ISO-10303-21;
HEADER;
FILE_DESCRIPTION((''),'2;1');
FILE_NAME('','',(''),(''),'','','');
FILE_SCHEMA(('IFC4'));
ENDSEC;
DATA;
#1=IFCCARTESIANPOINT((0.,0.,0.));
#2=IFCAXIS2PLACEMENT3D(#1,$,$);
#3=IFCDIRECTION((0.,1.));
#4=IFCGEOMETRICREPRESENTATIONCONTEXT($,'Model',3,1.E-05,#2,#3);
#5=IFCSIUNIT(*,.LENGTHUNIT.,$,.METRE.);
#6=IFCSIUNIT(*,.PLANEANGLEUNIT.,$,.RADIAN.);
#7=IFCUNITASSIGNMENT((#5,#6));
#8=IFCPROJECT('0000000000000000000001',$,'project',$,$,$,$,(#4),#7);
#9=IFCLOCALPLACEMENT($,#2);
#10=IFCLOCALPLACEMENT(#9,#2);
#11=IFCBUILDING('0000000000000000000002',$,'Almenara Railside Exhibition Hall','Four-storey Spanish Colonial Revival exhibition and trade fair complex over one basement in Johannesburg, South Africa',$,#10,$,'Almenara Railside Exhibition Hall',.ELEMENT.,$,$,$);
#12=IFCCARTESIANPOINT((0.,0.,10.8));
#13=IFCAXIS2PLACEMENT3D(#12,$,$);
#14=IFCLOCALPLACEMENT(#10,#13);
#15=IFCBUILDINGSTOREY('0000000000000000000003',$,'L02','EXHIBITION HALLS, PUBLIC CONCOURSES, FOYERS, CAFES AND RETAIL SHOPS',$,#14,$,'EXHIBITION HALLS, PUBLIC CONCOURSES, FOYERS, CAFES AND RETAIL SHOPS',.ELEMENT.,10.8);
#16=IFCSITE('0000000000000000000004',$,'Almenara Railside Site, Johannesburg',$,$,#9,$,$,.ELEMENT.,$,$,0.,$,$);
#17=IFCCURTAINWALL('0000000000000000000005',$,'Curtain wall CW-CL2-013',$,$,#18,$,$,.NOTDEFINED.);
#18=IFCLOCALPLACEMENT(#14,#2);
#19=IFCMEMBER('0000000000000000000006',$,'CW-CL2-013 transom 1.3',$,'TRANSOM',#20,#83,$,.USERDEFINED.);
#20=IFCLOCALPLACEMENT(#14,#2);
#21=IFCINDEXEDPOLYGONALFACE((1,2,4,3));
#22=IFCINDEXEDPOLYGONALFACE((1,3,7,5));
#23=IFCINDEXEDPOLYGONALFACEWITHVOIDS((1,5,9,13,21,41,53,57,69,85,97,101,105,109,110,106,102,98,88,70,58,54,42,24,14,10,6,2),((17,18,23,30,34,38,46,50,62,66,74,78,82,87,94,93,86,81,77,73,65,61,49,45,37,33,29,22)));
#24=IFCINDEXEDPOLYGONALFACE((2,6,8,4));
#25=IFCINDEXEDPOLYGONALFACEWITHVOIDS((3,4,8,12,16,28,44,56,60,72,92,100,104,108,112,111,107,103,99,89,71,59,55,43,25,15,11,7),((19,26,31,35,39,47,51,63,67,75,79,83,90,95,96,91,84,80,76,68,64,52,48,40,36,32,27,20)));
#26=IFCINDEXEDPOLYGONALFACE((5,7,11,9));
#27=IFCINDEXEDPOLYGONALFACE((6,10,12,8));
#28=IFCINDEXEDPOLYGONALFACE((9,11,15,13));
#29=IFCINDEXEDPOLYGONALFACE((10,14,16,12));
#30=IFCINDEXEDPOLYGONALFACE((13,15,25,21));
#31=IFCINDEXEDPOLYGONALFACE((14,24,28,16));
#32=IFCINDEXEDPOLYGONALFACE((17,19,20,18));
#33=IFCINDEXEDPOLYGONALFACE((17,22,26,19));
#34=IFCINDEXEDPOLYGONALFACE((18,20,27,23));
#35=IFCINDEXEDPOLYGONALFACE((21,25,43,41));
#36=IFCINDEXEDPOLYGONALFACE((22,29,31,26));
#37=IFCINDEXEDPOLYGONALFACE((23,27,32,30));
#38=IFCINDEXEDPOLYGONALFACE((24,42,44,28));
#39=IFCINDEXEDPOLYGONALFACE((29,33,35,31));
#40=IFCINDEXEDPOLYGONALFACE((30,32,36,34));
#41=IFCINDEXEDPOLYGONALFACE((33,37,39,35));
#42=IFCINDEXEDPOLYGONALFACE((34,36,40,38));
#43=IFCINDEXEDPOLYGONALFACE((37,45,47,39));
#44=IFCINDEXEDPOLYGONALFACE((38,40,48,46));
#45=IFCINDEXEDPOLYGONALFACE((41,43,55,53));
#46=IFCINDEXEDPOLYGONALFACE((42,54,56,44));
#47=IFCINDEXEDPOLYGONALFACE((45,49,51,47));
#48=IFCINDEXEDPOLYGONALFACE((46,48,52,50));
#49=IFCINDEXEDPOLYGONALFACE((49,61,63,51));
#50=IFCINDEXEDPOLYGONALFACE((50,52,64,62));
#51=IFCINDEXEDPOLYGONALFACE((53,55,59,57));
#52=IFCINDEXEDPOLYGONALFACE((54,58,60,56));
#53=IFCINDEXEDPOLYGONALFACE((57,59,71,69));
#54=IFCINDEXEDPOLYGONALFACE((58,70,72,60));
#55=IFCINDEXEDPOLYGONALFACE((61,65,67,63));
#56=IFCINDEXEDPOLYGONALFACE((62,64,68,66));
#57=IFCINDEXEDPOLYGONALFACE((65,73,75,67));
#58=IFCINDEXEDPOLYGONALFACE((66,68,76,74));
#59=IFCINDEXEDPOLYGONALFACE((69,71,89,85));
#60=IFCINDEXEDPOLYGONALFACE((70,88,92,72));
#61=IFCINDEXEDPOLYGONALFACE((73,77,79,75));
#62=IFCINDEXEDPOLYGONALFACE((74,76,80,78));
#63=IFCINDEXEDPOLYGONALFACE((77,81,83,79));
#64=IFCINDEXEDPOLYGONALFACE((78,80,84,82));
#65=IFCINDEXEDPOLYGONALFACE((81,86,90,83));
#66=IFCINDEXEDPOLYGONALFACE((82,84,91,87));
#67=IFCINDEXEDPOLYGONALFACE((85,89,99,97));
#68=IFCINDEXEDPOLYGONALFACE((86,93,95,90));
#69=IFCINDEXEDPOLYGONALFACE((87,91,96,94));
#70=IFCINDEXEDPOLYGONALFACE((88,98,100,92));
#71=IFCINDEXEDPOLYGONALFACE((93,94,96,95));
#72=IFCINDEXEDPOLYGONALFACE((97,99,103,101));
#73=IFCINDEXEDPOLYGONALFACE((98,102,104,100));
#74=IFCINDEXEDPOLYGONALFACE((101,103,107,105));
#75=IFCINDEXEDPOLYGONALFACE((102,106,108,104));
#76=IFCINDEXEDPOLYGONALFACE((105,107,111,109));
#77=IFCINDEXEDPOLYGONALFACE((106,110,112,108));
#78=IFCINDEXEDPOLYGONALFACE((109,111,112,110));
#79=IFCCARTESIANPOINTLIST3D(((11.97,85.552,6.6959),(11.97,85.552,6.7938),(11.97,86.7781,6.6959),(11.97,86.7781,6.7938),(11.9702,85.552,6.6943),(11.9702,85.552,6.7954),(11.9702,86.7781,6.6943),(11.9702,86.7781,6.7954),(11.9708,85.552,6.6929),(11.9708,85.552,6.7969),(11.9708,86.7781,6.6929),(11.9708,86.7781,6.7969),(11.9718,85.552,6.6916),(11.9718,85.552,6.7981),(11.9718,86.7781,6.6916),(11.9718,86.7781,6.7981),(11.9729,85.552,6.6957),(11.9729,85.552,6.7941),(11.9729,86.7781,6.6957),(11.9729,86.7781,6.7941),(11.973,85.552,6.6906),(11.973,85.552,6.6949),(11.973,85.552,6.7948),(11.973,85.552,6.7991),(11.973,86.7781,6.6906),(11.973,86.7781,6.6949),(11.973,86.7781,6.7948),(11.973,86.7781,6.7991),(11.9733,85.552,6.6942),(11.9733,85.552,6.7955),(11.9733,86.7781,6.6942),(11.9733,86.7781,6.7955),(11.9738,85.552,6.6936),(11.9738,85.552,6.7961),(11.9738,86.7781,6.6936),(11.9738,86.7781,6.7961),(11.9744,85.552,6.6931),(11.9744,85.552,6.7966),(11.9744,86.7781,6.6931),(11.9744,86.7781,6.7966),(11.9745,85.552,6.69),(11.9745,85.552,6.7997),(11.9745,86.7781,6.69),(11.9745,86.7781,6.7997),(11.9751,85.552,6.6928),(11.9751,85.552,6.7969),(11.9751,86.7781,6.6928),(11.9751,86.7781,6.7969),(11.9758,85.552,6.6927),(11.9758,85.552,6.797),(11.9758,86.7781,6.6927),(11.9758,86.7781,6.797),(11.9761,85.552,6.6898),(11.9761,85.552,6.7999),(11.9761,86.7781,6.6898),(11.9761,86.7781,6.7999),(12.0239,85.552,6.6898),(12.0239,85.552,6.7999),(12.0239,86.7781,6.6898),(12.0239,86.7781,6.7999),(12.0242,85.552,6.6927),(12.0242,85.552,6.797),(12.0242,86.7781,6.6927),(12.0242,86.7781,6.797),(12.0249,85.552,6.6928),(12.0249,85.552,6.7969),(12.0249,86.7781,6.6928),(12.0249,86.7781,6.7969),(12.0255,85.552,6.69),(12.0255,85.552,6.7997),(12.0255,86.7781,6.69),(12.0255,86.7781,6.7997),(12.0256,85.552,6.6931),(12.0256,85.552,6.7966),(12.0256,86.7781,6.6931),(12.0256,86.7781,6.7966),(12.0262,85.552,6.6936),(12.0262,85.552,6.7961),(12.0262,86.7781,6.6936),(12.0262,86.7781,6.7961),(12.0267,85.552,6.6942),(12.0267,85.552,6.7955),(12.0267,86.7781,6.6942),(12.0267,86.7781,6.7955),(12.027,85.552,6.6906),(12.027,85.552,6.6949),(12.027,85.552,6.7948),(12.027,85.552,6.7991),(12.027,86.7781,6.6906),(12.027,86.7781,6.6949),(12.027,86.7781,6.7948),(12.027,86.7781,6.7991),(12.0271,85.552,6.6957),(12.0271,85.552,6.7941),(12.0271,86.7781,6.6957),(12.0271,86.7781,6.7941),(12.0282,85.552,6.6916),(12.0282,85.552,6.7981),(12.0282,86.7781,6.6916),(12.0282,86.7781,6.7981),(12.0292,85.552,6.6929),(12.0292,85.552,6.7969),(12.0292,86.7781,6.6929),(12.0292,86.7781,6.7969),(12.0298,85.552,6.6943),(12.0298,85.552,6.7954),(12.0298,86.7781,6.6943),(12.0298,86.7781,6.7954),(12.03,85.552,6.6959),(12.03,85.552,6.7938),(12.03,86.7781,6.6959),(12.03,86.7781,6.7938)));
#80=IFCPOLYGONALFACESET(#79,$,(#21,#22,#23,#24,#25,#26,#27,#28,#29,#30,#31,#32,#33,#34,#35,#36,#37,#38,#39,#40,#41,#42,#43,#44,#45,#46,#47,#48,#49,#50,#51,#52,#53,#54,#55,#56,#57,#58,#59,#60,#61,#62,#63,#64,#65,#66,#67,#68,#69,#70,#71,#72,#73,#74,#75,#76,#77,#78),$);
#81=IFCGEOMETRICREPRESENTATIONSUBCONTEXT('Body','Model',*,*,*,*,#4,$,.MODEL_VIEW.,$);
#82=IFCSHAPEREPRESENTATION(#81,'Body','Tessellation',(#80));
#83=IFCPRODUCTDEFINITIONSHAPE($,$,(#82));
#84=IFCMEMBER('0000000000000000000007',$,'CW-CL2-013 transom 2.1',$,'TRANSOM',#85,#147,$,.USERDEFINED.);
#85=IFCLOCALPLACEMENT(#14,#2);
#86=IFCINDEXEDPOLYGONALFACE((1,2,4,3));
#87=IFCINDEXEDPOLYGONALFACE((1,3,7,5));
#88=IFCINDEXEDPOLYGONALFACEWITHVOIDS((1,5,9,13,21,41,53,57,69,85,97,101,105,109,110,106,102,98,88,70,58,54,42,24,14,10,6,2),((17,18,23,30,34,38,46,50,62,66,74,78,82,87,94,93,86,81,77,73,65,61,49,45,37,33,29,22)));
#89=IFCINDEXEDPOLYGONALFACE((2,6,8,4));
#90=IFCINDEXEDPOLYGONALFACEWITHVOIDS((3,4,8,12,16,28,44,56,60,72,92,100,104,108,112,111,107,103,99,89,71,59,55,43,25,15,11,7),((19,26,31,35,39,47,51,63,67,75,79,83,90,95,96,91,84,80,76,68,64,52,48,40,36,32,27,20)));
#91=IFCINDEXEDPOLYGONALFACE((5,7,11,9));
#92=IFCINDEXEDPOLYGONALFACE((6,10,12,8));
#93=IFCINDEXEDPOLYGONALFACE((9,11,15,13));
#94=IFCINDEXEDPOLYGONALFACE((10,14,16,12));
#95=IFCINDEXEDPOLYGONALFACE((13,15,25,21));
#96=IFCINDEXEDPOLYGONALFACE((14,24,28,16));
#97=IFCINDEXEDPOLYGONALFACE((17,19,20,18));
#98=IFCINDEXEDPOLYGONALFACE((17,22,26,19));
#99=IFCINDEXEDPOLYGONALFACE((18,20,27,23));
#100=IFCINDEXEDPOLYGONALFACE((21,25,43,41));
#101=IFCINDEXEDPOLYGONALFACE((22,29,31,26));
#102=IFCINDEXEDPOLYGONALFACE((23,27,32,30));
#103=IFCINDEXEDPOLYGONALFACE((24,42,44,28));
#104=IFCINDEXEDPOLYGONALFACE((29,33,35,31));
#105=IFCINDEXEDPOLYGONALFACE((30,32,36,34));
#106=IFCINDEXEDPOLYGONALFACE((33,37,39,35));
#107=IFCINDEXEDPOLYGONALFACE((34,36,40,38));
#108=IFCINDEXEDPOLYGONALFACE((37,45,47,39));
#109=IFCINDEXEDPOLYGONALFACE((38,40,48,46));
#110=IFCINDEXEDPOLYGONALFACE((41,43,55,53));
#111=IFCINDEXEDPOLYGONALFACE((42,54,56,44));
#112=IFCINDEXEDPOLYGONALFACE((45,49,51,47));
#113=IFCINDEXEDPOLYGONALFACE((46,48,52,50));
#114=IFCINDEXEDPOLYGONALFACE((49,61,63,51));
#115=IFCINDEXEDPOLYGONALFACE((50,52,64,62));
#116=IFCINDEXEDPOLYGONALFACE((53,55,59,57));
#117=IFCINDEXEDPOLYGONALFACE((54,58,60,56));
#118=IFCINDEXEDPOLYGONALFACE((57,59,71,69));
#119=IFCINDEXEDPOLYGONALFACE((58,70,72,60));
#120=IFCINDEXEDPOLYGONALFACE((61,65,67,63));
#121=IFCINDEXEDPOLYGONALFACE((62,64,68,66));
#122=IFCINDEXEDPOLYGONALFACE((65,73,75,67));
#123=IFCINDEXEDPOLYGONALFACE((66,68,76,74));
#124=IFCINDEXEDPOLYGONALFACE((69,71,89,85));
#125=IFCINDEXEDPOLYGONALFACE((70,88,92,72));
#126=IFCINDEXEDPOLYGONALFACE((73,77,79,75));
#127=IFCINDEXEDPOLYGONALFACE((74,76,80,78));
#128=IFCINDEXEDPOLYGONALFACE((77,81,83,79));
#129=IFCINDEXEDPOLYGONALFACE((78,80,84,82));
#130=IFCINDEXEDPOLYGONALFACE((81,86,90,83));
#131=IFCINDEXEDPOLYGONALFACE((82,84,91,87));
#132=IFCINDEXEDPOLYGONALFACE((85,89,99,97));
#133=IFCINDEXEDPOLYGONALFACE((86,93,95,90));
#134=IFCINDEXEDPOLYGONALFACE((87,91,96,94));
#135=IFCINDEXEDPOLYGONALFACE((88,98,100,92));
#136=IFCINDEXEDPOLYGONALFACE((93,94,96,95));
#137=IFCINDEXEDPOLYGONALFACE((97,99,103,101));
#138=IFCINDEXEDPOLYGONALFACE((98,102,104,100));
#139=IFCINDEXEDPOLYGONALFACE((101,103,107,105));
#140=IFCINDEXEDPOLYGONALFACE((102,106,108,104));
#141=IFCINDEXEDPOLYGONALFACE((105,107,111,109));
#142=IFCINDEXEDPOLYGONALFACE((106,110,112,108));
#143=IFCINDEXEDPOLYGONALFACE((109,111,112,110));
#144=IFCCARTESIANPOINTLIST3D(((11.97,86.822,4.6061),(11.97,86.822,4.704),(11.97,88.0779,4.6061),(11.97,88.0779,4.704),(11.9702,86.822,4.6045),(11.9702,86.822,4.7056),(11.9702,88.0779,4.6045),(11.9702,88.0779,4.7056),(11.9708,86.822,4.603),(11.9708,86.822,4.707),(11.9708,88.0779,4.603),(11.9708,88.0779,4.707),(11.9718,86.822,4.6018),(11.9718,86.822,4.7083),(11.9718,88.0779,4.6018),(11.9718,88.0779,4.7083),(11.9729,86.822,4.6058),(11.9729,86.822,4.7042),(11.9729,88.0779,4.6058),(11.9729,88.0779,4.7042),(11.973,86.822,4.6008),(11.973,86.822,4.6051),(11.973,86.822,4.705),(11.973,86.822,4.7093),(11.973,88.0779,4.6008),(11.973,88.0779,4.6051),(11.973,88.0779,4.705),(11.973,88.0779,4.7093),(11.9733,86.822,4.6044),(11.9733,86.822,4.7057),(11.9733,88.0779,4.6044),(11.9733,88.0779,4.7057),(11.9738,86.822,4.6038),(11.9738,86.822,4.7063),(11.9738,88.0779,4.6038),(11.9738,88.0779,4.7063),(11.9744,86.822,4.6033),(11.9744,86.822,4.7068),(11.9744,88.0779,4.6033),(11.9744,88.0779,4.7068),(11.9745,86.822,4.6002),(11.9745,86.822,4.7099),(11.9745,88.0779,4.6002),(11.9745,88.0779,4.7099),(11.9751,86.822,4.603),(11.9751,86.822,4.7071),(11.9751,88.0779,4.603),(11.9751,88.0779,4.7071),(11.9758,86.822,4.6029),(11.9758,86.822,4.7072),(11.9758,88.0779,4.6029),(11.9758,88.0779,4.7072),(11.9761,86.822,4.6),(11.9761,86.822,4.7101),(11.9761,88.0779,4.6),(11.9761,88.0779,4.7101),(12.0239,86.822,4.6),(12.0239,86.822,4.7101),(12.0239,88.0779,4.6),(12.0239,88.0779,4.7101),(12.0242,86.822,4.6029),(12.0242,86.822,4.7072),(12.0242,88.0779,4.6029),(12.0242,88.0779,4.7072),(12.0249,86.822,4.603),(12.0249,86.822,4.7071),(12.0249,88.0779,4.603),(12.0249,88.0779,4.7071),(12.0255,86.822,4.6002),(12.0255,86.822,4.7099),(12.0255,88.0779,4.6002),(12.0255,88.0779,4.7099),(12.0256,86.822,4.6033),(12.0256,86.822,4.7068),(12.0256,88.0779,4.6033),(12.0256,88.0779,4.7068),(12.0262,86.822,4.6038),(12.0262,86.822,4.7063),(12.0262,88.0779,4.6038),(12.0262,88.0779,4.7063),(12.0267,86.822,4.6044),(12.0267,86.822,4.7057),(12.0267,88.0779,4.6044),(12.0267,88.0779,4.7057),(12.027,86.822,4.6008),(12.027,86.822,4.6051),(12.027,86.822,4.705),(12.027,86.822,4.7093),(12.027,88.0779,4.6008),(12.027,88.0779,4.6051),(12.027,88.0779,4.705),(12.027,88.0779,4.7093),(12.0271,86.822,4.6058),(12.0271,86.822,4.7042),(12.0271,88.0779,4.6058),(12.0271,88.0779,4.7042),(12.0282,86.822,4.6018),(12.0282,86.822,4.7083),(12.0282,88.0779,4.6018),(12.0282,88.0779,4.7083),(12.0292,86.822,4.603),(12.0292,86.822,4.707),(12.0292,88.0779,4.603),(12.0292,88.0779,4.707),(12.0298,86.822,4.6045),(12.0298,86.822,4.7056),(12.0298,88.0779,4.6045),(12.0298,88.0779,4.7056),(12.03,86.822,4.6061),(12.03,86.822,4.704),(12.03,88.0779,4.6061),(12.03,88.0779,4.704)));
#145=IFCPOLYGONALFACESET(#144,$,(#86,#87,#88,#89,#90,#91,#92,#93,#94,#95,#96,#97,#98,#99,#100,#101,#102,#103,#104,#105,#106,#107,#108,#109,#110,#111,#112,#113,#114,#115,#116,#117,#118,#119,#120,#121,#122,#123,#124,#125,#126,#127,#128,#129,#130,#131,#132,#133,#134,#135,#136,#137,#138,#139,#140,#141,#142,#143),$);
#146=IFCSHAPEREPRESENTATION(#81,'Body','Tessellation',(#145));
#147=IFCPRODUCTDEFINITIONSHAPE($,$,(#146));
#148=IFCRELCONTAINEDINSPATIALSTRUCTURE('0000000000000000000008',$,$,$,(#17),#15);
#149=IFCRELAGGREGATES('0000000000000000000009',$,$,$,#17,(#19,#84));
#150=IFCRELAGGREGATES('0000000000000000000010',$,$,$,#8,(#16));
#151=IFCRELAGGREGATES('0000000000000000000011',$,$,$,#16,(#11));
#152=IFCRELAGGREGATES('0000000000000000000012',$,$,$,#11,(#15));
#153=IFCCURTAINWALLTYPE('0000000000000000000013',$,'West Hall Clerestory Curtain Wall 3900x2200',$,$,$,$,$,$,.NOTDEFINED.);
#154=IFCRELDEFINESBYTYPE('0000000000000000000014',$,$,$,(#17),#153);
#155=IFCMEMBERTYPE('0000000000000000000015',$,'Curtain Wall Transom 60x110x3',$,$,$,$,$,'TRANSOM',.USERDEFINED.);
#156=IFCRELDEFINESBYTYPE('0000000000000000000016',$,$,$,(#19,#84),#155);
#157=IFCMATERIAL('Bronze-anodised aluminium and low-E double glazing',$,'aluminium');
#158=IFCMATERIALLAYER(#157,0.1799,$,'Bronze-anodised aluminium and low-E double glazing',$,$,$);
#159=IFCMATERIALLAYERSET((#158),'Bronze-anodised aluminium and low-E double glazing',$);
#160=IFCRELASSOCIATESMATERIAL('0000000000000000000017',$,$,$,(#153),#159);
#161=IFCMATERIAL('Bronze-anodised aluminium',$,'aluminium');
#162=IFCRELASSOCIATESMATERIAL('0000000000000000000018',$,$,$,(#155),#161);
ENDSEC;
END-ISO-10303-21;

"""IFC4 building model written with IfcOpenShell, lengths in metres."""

from ifc_helpers import new_model, si_unit, direction, frame, origin, origin_2d, place, context, subcontext, project, spatial, hollow_rectangle, extrude, material, layer, layer_set, material_profile, profile_set, type_object, element, aggregate, save


model = new_model("IFC4")

# Units and contexts
model_context = context("Model", 3, precision=1e-05, world=origin(), true_north=direction((0.0, 1.0)))
body_context = subcontext(model_context, "Body", "Model", "MODEL_VIEW")
ifc_project = project(units=[si_unit("LENGTHUNIT", "METRE"), si_unit("PLANEANGLEUNIT", "RADIAN")], contexts=[model_context])

# Site, building, storey
site_placement = place(None, origin())
site = spatial("IfcSite", under=ifc_project, at=site_placement, Name="Almenara Railside Site, Johannesburg", CompositionType="ELEMENT", RefElevation=0.0)
building_placement = place(site_placement, origin())
building = spatial("IfcBuilding", under=site, at=building_placement, Name="Almenara Railside Exhibition Hall", Description="Four-storey Spanish Colonial Revival exhibition and trade fair complex over one basement in Johannesburg, South Africa", LongName="Almenara Railside Exhibition Hall", CompositionType="ELEMENT")
storey_placement = place(building_placement, frame((0.0, 0.0, 10.8)))
storey = spatial("IfcBuildingStorey", under=building, at=storey_placement, Name="L02", Description="EXHIBITION HALLS, PUBLIC CONCOURSES, FOYERS, CAFES AND RETAIL SHOPS", LongName="EXHIBITION HALLS, PUBLIC CONCOURSES, FOYERS, CAFES AND RETAIL SHOPS", CompositionType="ELEMENT", Elevation=10.8)

# Shared definitions
ifc_material_1 = material(Name="Bronze-anodised aluminium and low-E double glazing", Category="aluminium")
ifc_material_2 = material(Name="Bronze-anodised aluminium", Category="aluminium")

# Curtain wall
ifc_layer_1 = layer(ifc_material_1, 0.1799, Name="Bronze-anodised aluminium and low-E double glazing")
ifc_layer_set_1 = layer_set([ifc_layer_1], Name="Bronze-anodised aluminium and low-E double glazing")
curtain_wall_type_1 = type_object("IfcCurtainWallType", Name="West Hall Clerestory Curtain Wall 3900x2200", PredefinedType="NOTDEFINED", material=ifc_layer_set_1)
curtain_wall_1_placement = place(storey_placement, origin())
curtain_wall_1 = element("IfcCurtainWall", 1, at=curtain_wall_1_placement, inside=storey, type_object=curtain_wall_type_1, Name="Curtain wall CW-CL2-013", PredefinedType="NOTDEFINED")

# Members
ifc_material_profile_1 = material_profile(ifc_material_2, hollow_rectangle(XDim=0.0601, YDim=0.1101, WallThickness=0.0029, InnerFilletRadius=0.0029, OuterFilletRadius=0.0061, at=origin_2d()), Name="ALU-TRN 60x110x3")
ifc_profile_set_1 = profile_set([ifc_material_profile_1], Name="Bronze-anodised aluminium")
member_type_1 = type_object("IfcMemberType", Name="Curtain Wall Transom 60x110x3", ElementType="TRANSOM", PredefinedType="USERDEFINED", material=ifc_profile_set_1)
member_1_placement = place(storey_placement, frame((12.0, 85.552, 6.7449), z_axis=(0.0, 1.0, 0.0), x_axis=(-1.0, 0.0, 0.0)))
member_1 = element("IfcMember", 2, at=member_1_placement, type_object=member_type_1, Name="CW-CL2-013 transom 1.3", ObjectType="TRANSOM", PredefinedType="USERDEFINED", context=body_context, shape_type="SweptSolid", body=[
    extrude(hollow_rectangle(XDim=0.0601, YDim=0.1101, WallThickness=0.0029, InnerFilletRadius=0.0029, OuterFilletRadius=0.0061, at=origin_2d()), origin(), (0.0, 0.0, 1.0), 1.2261),
])
member_2_placement = place(storey_placement, frame((12.0, 86.822, 4.655), z_axis=(0.0, 1.0, 0.0), x_axis=(-1.0, 0.0, 0.0)))
member_2 = element("IfcMember", 3, at=member_2_placement, type_object=member_type_1, Name="CW-CL2-013 transom 2.1", ObjectType="TRANSOM", PredefinedType="USERDEFINED", context=body_context, shape_type="SweptSolid", body=[
    extrude(hollow_rectangle(XDim=0.0601, YDim=0.1101, WallThickness=0.0029, InnerFilletRadius=0.0029, OuterFilletRadius=0.0061, at=origin_2d()), origin(), (0.0, 0.0, 1.0), 1.2559),
])

aggregate(curtain_wall_1, [member_1, member_2])

save(model, "model.ifc")
